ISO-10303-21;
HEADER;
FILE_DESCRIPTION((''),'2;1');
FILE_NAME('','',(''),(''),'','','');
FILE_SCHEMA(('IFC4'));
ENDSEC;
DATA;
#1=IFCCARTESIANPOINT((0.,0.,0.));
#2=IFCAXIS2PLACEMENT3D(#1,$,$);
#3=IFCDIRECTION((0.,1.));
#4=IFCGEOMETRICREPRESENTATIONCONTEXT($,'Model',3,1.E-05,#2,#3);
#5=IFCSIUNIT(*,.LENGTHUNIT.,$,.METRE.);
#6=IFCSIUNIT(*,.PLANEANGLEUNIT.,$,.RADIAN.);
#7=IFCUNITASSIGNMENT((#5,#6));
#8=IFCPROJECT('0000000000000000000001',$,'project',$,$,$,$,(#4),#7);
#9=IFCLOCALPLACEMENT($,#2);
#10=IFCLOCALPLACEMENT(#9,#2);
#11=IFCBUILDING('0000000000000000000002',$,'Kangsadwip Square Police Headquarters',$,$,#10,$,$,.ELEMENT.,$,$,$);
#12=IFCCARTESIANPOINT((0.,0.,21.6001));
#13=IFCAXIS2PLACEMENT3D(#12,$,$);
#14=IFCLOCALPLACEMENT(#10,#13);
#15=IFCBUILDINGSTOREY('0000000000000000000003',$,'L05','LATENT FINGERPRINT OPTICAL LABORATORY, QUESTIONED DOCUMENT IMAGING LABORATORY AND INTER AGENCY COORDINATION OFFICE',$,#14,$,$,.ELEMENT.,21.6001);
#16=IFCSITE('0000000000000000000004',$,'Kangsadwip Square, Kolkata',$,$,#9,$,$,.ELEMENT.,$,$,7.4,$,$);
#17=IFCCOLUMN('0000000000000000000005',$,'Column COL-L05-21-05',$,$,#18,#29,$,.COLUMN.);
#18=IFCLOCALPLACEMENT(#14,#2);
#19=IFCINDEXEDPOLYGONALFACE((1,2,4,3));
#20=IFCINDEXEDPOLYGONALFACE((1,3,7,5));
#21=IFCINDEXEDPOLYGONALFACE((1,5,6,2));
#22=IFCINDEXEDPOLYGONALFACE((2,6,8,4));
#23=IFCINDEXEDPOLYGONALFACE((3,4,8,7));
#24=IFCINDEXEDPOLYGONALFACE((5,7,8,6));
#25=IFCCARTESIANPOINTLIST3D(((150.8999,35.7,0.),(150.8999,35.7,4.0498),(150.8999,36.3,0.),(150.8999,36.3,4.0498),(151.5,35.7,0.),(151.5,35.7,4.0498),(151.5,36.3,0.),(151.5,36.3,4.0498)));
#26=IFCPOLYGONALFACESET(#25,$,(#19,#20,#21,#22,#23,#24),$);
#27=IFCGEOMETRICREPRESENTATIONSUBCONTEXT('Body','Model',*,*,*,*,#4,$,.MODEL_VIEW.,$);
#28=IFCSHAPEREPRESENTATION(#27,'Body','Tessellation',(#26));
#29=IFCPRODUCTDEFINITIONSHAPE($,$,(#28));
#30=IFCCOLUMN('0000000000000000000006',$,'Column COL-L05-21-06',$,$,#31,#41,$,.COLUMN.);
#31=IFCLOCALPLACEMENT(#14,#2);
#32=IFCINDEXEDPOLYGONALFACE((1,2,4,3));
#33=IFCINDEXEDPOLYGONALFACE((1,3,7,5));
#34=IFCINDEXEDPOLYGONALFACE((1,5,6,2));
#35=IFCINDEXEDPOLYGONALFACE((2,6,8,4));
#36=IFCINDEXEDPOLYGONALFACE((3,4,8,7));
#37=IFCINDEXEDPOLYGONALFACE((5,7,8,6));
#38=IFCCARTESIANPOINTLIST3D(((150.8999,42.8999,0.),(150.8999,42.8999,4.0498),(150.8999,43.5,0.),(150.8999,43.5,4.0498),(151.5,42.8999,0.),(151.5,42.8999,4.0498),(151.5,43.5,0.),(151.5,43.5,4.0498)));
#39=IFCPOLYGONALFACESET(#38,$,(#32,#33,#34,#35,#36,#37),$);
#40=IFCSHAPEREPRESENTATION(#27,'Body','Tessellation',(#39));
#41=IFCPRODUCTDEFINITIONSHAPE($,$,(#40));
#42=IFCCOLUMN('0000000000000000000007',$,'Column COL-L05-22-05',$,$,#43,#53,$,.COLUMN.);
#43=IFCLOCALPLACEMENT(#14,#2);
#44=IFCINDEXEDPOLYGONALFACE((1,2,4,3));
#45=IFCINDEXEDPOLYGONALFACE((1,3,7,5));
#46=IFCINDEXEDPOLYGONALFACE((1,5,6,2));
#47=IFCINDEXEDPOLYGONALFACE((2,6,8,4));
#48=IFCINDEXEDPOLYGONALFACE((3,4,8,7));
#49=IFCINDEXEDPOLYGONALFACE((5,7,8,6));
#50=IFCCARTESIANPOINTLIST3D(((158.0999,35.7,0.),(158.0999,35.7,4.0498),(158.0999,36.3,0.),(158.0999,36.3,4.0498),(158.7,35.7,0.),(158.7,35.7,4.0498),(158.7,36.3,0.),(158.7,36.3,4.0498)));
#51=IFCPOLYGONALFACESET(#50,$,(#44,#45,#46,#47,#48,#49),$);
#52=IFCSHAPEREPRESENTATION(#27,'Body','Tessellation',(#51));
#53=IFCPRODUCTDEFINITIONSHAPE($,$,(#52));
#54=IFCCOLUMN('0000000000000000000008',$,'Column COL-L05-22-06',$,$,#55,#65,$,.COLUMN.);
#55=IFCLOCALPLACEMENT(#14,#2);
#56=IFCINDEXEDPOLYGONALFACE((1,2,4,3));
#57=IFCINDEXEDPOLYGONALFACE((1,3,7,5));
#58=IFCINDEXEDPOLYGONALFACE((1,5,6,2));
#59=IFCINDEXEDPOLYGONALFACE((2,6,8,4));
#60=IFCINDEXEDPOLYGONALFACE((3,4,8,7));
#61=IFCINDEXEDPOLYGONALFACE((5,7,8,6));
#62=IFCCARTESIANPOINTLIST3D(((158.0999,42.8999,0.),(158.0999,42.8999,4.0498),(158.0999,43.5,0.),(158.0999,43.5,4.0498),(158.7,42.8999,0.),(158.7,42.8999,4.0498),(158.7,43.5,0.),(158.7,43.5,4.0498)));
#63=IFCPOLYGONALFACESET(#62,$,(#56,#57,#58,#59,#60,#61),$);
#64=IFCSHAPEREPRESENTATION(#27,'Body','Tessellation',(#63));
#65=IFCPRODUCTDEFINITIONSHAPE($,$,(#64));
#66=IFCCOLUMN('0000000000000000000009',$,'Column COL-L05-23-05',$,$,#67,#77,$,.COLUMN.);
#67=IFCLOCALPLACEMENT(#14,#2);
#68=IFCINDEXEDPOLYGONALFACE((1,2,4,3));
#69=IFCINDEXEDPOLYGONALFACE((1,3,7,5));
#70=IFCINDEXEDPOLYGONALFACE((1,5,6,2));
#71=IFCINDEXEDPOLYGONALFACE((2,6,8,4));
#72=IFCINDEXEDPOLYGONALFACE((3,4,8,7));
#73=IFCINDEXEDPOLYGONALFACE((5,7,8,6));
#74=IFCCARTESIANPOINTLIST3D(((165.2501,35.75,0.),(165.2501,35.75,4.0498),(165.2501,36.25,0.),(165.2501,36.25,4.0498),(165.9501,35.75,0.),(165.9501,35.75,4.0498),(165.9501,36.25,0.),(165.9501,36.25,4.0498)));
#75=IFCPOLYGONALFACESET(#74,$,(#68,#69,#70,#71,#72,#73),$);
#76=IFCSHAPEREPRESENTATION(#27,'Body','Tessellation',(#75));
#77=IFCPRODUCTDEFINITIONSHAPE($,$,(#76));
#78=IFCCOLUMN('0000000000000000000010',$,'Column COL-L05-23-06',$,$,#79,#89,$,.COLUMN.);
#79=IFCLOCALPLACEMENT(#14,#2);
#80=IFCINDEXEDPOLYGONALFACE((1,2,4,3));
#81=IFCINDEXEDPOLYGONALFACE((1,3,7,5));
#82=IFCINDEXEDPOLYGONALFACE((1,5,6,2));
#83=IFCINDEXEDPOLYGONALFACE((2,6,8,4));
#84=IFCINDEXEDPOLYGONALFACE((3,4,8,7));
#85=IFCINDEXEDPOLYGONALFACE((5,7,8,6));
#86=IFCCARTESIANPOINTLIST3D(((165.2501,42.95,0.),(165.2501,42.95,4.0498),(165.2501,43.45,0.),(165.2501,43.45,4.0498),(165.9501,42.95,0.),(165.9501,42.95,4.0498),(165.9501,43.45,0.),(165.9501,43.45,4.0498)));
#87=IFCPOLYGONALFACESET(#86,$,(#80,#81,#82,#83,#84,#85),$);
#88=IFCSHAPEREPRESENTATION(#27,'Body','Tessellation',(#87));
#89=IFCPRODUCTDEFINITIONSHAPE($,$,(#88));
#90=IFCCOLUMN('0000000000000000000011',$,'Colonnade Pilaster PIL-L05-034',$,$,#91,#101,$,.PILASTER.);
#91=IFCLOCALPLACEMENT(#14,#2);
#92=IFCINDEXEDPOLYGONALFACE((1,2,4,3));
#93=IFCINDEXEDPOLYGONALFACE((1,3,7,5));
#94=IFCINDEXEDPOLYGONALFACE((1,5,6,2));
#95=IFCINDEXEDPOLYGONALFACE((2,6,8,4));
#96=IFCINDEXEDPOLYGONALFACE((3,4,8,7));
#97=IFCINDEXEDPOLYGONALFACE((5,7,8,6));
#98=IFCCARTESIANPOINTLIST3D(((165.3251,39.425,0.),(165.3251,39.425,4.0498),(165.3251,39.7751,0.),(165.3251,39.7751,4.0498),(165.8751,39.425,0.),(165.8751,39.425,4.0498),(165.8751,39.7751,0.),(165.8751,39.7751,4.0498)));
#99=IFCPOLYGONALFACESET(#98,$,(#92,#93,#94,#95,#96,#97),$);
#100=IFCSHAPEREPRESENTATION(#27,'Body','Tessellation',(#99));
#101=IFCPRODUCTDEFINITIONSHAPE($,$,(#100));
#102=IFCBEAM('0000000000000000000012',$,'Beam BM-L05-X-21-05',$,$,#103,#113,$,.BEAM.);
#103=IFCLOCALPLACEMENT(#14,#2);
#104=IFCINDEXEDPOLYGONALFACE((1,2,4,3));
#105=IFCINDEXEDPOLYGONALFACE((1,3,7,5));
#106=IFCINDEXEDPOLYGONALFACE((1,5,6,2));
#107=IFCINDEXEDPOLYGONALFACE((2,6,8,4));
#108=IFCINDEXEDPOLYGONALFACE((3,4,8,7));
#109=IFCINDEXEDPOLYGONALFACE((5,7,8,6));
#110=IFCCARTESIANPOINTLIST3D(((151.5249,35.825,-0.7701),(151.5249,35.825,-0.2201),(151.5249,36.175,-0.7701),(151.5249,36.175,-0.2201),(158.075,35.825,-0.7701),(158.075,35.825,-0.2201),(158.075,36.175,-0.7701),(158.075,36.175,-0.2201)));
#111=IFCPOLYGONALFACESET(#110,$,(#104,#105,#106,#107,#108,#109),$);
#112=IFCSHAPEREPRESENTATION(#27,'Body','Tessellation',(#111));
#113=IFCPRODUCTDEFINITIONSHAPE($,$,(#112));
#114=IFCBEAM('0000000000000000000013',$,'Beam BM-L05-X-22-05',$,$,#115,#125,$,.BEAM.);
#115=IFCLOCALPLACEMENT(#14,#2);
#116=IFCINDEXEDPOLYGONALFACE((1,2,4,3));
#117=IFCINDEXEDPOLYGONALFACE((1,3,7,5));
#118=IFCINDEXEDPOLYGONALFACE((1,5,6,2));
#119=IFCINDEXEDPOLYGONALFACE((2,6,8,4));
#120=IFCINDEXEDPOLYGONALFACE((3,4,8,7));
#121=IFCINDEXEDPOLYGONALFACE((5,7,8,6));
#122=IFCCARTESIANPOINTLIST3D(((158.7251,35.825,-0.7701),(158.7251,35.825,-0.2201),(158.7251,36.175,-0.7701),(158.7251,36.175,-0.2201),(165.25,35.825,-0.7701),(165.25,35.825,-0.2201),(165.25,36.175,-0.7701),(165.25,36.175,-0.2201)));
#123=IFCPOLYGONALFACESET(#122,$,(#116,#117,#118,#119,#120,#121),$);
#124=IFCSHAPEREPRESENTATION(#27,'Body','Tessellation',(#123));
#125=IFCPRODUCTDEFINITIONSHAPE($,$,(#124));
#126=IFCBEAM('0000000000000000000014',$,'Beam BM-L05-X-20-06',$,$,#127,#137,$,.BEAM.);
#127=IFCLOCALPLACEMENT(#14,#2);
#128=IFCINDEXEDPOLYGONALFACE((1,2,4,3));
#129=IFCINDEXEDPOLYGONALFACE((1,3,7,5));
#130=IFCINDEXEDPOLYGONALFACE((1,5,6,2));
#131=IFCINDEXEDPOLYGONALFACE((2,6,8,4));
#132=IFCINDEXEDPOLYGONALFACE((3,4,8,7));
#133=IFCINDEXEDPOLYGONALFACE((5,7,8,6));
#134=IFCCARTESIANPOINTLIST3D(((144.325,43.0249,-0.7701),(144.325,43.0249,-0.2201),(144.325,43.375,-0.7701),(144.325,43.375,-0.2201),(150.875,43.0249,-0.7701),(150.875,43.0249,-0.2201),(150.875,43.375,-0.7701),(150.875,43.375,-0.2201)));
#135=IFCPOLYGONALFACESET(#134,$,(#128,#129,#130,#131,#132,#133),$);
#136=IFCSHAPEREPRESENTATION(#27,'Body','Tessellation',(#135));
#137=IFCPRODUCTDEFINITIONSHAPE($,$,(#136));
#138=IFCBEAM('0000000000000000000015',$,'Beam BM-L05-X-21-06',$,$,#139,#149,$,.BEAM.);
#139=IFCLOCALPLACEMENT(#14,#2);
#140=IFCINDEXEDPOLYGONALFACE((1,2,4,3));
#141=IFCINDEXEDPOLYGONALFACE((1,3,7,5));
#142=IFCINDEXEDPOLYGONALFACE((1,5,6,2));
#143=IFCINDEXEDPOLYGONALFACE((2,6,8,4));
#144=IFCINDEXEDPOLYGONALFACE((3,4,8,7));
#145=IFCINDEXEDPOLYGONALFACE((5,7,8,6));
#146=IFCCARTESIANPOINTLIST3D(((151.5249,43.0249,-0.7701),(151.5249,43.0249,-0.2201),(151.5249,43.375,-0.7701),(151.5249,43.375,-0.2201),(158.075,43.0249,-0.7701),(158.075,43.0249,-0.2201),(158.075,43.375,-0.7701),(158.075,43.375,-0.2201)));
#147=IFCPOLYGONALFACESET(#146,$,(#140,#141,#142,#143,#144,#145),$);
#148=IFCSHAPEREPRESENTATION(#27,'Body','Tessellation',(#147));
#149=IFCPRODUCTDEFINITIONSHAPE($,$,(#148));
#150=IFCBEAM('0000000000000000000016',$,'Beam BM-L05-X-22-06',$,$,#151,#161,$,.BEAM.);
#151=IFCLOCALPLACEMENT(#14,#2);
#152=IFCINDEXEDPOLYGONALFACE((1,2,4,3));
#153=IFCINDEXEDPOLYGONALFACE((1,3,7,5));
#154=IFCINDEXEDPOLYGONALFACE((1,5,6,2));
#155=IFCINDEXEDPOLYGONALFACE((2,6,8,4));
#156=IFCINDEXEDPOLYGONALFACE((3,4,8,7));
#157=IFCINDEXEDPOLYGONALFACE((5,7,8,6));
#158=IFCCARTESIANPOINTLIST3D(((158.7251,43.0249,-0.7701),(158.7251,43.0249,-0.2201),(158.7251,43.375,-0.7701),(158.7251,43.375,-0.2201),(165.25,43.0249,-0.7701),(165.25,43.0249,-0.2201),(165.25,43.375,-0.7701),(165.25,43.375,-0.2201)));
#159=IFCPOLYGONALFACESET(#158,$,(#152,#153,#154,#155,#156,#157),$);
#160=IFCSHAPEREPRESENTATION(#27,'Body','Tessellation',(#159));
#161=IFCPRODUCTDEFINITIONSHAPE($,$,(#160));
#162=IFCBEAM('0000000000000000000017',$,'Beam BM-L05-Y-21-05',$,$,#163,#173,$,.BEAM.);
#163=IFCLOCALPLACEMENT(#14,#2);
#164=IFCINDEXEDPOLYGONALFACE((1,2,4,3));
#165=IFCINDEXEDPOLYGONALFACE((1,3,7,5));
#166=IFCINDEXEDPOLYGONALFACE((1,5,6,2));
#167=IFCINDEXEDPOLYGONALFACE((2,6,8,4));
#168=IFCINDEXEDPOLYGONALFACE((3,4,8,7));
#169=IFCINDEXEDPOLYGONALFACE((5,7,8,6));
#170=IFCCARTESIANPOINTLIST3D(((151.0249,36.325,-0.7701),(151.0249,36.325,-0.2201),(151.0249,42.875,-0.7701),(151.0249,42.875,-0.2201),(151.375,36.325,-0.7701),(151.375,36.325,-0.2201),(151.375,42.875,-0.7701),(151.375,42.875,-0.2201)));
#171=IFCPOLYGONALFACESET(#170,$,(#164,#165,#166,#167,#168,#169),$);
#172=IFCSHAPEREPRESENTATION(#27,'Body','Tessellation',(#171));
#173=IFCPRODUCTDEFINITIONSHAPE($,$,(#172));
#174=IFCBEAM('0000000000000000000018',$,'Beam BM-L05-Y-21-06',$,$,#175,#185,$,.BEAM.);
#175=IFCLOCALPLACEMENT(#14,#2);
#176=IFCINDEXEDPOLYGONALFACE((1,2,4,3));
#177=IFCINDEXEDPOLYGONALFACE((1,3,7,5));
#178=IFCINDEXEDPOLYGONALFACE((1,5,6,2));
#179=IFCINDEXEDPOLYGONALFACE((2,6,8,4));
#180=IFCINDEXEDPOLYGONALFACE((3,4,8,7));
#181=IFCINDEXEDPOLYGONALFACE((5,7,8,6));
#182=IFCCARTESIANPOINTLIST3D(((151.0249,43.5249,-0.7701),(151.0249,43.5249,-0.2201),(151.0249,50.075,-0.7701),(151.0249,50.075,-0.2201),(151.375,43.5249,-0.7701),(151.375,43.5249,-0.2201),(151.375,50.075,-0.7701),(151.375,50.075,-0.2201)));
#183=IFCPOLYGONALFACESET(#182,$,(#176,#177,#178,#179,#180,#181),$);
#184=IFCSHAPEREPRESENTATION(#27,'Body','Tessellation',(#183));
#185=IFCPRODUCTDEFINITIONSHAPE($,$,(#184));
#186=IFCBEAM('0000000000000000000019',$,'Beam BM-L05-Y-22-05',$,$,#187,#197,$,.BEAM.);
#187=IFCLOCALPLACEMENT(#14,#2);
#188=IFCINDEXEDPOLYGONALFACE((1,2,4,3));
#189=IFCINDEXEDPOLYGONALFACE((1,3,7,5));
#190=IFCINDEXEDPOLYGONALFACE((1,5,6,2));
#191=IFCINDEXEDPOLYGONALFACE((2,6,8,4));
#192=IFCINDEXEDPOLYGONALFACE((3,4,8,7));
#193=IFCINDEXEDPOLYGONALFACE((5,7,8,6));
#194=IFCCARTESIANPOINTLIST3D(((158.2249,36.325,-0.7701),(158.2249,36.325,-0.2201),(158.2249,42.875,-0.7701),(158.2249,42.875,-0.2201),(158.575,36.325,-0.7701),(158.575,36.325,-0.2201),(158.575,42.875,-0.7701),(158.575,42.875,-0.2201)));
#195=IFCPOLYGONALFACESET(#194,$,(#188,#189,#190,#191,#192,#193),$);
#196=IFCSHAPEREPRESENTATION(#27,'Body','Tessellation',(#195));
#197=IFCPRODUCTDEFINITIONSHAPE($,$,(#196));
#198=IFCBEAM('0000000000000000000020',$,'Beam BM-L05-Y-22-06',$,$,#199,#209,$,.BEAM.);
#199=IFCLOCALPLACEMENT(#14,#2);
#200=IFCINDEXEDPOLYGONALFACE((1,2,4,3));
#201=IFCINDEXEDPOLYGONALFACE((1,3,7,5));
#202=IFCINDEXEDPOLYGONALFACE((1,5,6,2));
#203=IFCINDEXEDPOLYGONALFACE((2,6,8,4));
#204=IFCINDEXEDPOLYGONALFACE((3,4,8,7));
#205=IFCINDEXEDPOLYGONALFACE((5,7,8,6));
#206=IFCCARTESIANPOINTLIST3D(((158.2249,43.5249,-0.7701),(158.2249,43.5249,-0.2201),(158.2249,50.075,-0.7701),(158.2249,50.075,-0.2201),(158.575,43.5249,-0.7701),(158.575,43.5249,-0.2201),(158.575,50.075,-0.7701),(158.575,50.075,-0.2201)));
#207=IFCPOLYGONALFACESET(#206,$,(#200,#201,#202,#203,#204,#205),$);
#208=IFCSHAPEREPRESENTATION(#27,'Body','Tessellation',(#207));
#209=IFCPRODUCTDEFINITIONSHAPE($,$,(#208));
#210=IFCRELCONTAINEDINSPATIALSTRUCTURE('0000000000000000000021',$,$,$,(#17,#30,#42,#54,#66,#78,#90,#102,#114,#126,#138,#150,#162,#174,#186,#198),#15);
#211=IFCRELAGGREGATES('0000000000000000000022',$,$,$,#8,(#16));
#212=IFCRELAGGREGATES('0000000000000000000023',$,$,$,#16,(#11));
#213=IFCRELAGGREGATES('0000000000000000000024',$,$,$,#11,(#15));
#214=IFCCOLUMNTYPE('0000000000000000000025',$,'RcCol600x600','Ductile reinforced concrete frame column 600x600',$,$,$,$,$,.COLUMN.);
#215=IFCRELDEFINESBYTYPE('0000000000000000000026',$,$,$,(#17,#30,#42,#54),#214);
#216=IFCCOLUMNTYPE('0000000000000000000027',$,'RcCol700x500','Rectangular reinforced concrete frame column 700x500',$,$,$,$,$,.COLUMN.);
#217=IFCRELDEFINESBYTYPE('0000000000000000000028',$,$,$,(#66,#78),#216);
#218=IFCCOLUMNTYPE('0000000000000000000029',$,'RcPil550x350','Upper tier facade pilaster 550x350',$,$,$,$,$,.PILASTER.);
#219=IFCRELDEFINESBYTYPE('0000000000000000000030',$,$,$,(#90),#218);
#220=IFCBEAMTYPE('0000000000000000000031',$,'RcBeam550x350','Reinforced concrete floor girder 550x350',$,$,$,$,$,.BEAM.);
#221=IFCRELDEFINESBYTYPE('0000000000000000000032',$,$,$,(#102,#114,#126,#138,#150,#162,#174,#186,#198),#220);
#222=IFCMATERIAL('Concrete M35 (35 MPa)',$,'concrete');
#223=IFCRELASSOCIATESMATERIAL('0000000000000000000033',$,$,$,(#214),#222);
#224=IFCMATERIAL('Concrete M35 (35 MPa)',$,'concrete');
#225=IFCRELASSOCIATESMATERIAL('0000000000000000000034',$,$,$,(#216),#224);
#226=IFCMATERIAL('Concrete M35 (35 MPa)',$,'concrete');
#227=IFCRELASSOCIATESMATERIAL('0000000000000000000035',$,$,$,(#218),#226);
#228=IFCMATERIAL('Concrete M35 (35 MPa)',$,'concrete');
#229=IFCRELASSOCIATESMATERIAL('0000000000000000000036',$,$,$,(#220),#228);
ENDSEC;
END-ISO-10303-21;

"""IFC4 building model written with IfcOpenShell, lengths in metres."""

from ifc_helpers import new_model, si_unit, direction, frame, origin, origin_2d, place, context, subcontext, project, spatial, rectangle, extrude, material, material_profile, profile_set, type_object, element, save


model = new_model("IFC4")

# Units and contexts
model_context = context("Model", 3, precision=1e-05, world=origin(), true_north=direction((0.0, 1.0)))
body_context = subcontext(model_context, "Body", "Model", "MODEL_VIEW")
ifc_project = project(units=[si_unit("LENGTHUNIT", "METRE"), si_unit("PLANEANGLEUNIT", "RADIAN")], contexts=[model_context])

# Site, building, storey
site_placement = place(None, origin())
site = spatial("IfcSite", under=ifc_project, at=site_placement, Name="Kangsadwip Square, Kolkata", CompositionType="ELEMENT", RefElevation=7.4)
building_placement = place(site_placement, origin())
building = spatial("IfcBuilding", under=site, at=building_placement, Name="Kangsadwip Square Police Headquarters", CompositionType="ELEMENT")
storey_placement = place(building_placement, frame((0.0, 0.0, 21.6001)))
storey = spatial("IfcBuildingStorey", under=building, at=storey_placement, Name="L05", Description="LATENT FINGERPRINT OPTICAL LABORATORY, QUESTIONED DOCUMENT IMAGING LABORATORY AND INTER AGENCY COORDINATION OFFICE", CompositionType="ELEMENT", Elevation=21.6001)

# Columns
ifc_material_1 = material(Name="Concrete M35 (35 MPa)", Category="concrete")
ifc_material_profile_1 = material_profile(ifc_material_1, rectangle(XDim=0.6001, YDim=0.6001, at=origin_2d()), Name="RC COL 600X600")
ifc_profile_set_1 = profile_set([ifc_material_profile_1], Name="Concrete M35 (35 MPa)")
column_type_1 = type_object("IfcColumnType", Name="RcCol600x600", Description="Ductile reinforced concrete frame column 600x600", PredefinedType="COLUMN", material=ifc_profile_set_1)
for number, where, z_axis, x_axis, name in (
    (1, (151.2, 36.0, 0.0), (0.0, 0.0, 1.0), (1.0, 0.0, 0.0), "Column COL-L05-21-05"),
    (2, (151.2, 43.2, 0.0), (0.0, 0.0, 1.0), (1.0, 0.0, 0.0), "Column COL-L05-21-06"),
    (3, (158.3999, 36.0, 0.0), (0.0, 0.0, 1.0), (1.0, 0.0, 0.0), "Column COL-L05-22-05"),
    (4, (158.3999, 43.2, 0.0), (0.0, 0.0, 1.0), (1.0, 0.0, 0.0), "Column COL-L05-22-06"),
):
    element("IfcColumn", number, at=place(storey_placement, frame(where, z_axis=z_axis, x_axis=x_axis)), inside=storey, type_object=column_type_1, Name=name, PredefinedType="COLUMN", context=body_context, shape_type="SweptSolid", body=[
        extrude(rectangle(XDim=0.6001, YDim=0.6001, at=origin_2d()), origin(), (0.0, 0.0, 1.0), 4.0498),
    ])
ifc_material_2 = material(Name="Concrete M35 (35 MPa)", Category="concrete")
ifc_material_profile_2 = material_profile(ifc_material_2, rectangle(XDim=0.5, YDim=0.7, at=origin_2d()), Name="RC COL 700X500")
ifc_profile_set_2 = profile_set([ifc_material_profile_2], Name="Concrete M35 (35 MPa)")
column_type_2 = type_object("IfcColumnType", Name="RcCol700x500", Description="Rectangular reinforced concrete frame column 700x500", PredefinedType="COLUMN", material=ifc_profile_set_2)
for number, where, z_axis, x_axis, name in (
    (5, (165.6001, 36.0, 0.0), (0.0, 0.0, 1.0), (0.0, 1.0, 0.0), "Column COL-L05-23-05"),
    (6, (165.6001, 43.2, 0.0), (0.0, 0.0, 1.0), (0.0, 1.0, 0.0), "Column COL-L05-23-06"),
):
    element("IfcColumn", number, at=place(storey_placement, frame(where, z_axis=z_axis, x_axis=x_axis)), inside=storey, type_object=column_type_2, Name=name, PredefinedType="COLUMN", context=body_context, shape_type="SweptSolid", body=[
        extrude(rectangle(XDim=0.5, YDim=0.7, at=origin_2d()), origin(), (0.0, 0.0, 1.0), 4.0498),
    ])
ifc_material_3 = material(Name="Concrete M35 (35 MPa)", Category="concrete")
ifc_material_profile_3 = material_profile(ifc_material_3, rectangle(XDim=0.3501, YDim=0.55, at=origin_2d()), Name="RC PIL 550X350")
ifc_profile_set_3 = profile_set([ifc_material_profile_3], Name="Concrete M35 (35 MPa)")
column_type_3 = type_object("IfcColumnType", Name="RcPil550x350", Description="Upper tier facade pilaster 550x350", PredefinedType="PILASTER", material=ifc_profile_set_3)
column_placement = place(storey_placement, frame((165.6001, 39.6001, 0.0), z_axis=(0.0, 0.0, 1.0), x_axis=(0.0, 1.0, 0.0)))
element("IfcColumn", 7, at=column_placement, inside=storey, type_object=column_type_3, Name="Colonnade Pilaster PIL-L05-034", PredefinedType="PILASTER", context=body_context, shape_type="SweptSolid", body=[
    extrude(rectangle(XDim=0.3501, YDim=0.55, at=origin_2d()), origin(), (0.0, 0.0, 1.0), 4.0498),
])

# Beams
ifc_material_4 = material(Name="Concrete M35 (35 MPa)", Category="concrete")
ifc_material_profile_4 = material_profile(ifc_material_4, rectangle(XDim=0.3501, YDim=0.55, at=origin_2d()), Name="RC BM 550X350")
ifc_profile_set_4 = profile_set([ifc_material_profile_4], Name="Concrete M35 (35 MPa)")
beam_type_1 = type_object("IfcBeamType", Name="RcBeam550x350", Description="Reinforced concrete floor girder 550x350", PredefinedType="BEAM", material=ifc_profile_set_4)
beam_1_placement = place(storey_placement, frame((151.5249, 36.0, -0.4951), z_axis=(1.0, 0.0, 0.0), x_axis=(0.0, 1.0, 0.0)))
element("IfcBeam", 8, at=beam_1_placement, inside=storey, type_object=beam_type_1, Name="Beam BM-L05-X-21-05", PredefinedType="BEAM", context=body_context, shape_type="SweptSolid", body=[
    extrude(rectangle(XDim=0.3501, YDim=0.55, at=origin_2d()), origin(), (0.0, 0.0, 1.0), 6.55),
])
beam_2_placement = place(storey_placement, frame((158.7251, 36.0, -0.4951), z_axis=(1.0, 0.0, 0.0), x_axis=(0.0, 1.0, 0.0)))
element("IfcBeam", 9, at=beam_2_placement, inside=storey, type_object=beam_type_1, Name="Beam BM-L05-X-22-05", PredefinedType="BEAM", context=body_context, shape_type="SweptSolid", body=[
    extrude(rectangle(XDim=0.3501, YDim=0.55, at=origin_2d()), origin(), (0.0, 0.0, 1.0), 6.5249),
])
for number, where, z_axis, x_axis, name in (
    (10, (144.325, 43.2, -0.4951), (1.0, 0.0, 0.0), (0.0, 1.0, 0.0), "Beam BM-L05-X-20-06"),
    (11, (151.5249, 43.2, -0.4951), (1.0, 0.0, 0.0), (0.0, 1.0, 0.0), "Beam BM-L05-X-21-06"),
):
    element("IfcBeam", number, at=place(storey_placement, frame(where, z_axis=z_axis, x_axis=x_axis)), inside=storey, type_object=beam_type_1, Name=name, PredefinedType="BEAM", context=body_context, shape_type="SweptSolid", body=[
        extrude(rectangle(XDim=0.3501, YDim=0.55, at=origin_2d()), origin(), (0.0, 0.0, 1.0), 6.55),
    ])
beam_3_placement = place(storey_placement, frame((158.7251, 43.2, -0.4951), z_axis=(1.0, 0.0, 0.0), x_axis=(0.0, 1.0, 0.0)))
element("IfcBeam", 12, at=beam_3_placement, inside=storey, type_object=beam_type_1, Name="Beam BM-L05-X-22-06", PredefinedType="BEAM", context=body_context, shape_type="SweptSolid", body=[
    extrude(rectangle(XDim=0.3501, YDim=0.55, at=origin_2d()), origin(), (0.0, 0.0, 1.0), 6.5249),
])
for number, where, z_axis, x_axis, name in (
    (13, (151.2, 36.325, -0.4951), (0.0, 1.0, 0.0), (-1.0, 0.0, 0.0), "Beam BM-L05-Y-21-05"),
    (14, (151.2, 43.5249, -0.4951), (0.0, 1.0, 0.0), (-1.0, 0.0, 0.0), "Beam BM-L05-Y-21-06"),
    (15, (158.3999, 36.325, -0.4951), (0.0, 1.0, 0.0), (-1.0, 0.0, 0.0), "Beam BM-L05-Y-22-05"),
    (16, (158.3999, 43.5249, -0.4951), (0.0, 1.0, 0.0), (-1.0, 0.0, 0.0), "Beam BM-L05-Y-22-06"),
):
    element("IfcBeam", number, at=place(storey_placement, frame(where, z_axis=z_axis, x_axis=x_axis)), inside=storey, type_object=beam_type_1, Name=name, PredefinedType="BEAM", context=body_context, shape_type="SweptSolid", body=[
        extrude(rectangle(XDim=0.3501, YDim=0.55, at=origin_2d()), origin(), (0.0, 0.0, 1.0), 6.55),
    ])

save(model, "model.ifc")
